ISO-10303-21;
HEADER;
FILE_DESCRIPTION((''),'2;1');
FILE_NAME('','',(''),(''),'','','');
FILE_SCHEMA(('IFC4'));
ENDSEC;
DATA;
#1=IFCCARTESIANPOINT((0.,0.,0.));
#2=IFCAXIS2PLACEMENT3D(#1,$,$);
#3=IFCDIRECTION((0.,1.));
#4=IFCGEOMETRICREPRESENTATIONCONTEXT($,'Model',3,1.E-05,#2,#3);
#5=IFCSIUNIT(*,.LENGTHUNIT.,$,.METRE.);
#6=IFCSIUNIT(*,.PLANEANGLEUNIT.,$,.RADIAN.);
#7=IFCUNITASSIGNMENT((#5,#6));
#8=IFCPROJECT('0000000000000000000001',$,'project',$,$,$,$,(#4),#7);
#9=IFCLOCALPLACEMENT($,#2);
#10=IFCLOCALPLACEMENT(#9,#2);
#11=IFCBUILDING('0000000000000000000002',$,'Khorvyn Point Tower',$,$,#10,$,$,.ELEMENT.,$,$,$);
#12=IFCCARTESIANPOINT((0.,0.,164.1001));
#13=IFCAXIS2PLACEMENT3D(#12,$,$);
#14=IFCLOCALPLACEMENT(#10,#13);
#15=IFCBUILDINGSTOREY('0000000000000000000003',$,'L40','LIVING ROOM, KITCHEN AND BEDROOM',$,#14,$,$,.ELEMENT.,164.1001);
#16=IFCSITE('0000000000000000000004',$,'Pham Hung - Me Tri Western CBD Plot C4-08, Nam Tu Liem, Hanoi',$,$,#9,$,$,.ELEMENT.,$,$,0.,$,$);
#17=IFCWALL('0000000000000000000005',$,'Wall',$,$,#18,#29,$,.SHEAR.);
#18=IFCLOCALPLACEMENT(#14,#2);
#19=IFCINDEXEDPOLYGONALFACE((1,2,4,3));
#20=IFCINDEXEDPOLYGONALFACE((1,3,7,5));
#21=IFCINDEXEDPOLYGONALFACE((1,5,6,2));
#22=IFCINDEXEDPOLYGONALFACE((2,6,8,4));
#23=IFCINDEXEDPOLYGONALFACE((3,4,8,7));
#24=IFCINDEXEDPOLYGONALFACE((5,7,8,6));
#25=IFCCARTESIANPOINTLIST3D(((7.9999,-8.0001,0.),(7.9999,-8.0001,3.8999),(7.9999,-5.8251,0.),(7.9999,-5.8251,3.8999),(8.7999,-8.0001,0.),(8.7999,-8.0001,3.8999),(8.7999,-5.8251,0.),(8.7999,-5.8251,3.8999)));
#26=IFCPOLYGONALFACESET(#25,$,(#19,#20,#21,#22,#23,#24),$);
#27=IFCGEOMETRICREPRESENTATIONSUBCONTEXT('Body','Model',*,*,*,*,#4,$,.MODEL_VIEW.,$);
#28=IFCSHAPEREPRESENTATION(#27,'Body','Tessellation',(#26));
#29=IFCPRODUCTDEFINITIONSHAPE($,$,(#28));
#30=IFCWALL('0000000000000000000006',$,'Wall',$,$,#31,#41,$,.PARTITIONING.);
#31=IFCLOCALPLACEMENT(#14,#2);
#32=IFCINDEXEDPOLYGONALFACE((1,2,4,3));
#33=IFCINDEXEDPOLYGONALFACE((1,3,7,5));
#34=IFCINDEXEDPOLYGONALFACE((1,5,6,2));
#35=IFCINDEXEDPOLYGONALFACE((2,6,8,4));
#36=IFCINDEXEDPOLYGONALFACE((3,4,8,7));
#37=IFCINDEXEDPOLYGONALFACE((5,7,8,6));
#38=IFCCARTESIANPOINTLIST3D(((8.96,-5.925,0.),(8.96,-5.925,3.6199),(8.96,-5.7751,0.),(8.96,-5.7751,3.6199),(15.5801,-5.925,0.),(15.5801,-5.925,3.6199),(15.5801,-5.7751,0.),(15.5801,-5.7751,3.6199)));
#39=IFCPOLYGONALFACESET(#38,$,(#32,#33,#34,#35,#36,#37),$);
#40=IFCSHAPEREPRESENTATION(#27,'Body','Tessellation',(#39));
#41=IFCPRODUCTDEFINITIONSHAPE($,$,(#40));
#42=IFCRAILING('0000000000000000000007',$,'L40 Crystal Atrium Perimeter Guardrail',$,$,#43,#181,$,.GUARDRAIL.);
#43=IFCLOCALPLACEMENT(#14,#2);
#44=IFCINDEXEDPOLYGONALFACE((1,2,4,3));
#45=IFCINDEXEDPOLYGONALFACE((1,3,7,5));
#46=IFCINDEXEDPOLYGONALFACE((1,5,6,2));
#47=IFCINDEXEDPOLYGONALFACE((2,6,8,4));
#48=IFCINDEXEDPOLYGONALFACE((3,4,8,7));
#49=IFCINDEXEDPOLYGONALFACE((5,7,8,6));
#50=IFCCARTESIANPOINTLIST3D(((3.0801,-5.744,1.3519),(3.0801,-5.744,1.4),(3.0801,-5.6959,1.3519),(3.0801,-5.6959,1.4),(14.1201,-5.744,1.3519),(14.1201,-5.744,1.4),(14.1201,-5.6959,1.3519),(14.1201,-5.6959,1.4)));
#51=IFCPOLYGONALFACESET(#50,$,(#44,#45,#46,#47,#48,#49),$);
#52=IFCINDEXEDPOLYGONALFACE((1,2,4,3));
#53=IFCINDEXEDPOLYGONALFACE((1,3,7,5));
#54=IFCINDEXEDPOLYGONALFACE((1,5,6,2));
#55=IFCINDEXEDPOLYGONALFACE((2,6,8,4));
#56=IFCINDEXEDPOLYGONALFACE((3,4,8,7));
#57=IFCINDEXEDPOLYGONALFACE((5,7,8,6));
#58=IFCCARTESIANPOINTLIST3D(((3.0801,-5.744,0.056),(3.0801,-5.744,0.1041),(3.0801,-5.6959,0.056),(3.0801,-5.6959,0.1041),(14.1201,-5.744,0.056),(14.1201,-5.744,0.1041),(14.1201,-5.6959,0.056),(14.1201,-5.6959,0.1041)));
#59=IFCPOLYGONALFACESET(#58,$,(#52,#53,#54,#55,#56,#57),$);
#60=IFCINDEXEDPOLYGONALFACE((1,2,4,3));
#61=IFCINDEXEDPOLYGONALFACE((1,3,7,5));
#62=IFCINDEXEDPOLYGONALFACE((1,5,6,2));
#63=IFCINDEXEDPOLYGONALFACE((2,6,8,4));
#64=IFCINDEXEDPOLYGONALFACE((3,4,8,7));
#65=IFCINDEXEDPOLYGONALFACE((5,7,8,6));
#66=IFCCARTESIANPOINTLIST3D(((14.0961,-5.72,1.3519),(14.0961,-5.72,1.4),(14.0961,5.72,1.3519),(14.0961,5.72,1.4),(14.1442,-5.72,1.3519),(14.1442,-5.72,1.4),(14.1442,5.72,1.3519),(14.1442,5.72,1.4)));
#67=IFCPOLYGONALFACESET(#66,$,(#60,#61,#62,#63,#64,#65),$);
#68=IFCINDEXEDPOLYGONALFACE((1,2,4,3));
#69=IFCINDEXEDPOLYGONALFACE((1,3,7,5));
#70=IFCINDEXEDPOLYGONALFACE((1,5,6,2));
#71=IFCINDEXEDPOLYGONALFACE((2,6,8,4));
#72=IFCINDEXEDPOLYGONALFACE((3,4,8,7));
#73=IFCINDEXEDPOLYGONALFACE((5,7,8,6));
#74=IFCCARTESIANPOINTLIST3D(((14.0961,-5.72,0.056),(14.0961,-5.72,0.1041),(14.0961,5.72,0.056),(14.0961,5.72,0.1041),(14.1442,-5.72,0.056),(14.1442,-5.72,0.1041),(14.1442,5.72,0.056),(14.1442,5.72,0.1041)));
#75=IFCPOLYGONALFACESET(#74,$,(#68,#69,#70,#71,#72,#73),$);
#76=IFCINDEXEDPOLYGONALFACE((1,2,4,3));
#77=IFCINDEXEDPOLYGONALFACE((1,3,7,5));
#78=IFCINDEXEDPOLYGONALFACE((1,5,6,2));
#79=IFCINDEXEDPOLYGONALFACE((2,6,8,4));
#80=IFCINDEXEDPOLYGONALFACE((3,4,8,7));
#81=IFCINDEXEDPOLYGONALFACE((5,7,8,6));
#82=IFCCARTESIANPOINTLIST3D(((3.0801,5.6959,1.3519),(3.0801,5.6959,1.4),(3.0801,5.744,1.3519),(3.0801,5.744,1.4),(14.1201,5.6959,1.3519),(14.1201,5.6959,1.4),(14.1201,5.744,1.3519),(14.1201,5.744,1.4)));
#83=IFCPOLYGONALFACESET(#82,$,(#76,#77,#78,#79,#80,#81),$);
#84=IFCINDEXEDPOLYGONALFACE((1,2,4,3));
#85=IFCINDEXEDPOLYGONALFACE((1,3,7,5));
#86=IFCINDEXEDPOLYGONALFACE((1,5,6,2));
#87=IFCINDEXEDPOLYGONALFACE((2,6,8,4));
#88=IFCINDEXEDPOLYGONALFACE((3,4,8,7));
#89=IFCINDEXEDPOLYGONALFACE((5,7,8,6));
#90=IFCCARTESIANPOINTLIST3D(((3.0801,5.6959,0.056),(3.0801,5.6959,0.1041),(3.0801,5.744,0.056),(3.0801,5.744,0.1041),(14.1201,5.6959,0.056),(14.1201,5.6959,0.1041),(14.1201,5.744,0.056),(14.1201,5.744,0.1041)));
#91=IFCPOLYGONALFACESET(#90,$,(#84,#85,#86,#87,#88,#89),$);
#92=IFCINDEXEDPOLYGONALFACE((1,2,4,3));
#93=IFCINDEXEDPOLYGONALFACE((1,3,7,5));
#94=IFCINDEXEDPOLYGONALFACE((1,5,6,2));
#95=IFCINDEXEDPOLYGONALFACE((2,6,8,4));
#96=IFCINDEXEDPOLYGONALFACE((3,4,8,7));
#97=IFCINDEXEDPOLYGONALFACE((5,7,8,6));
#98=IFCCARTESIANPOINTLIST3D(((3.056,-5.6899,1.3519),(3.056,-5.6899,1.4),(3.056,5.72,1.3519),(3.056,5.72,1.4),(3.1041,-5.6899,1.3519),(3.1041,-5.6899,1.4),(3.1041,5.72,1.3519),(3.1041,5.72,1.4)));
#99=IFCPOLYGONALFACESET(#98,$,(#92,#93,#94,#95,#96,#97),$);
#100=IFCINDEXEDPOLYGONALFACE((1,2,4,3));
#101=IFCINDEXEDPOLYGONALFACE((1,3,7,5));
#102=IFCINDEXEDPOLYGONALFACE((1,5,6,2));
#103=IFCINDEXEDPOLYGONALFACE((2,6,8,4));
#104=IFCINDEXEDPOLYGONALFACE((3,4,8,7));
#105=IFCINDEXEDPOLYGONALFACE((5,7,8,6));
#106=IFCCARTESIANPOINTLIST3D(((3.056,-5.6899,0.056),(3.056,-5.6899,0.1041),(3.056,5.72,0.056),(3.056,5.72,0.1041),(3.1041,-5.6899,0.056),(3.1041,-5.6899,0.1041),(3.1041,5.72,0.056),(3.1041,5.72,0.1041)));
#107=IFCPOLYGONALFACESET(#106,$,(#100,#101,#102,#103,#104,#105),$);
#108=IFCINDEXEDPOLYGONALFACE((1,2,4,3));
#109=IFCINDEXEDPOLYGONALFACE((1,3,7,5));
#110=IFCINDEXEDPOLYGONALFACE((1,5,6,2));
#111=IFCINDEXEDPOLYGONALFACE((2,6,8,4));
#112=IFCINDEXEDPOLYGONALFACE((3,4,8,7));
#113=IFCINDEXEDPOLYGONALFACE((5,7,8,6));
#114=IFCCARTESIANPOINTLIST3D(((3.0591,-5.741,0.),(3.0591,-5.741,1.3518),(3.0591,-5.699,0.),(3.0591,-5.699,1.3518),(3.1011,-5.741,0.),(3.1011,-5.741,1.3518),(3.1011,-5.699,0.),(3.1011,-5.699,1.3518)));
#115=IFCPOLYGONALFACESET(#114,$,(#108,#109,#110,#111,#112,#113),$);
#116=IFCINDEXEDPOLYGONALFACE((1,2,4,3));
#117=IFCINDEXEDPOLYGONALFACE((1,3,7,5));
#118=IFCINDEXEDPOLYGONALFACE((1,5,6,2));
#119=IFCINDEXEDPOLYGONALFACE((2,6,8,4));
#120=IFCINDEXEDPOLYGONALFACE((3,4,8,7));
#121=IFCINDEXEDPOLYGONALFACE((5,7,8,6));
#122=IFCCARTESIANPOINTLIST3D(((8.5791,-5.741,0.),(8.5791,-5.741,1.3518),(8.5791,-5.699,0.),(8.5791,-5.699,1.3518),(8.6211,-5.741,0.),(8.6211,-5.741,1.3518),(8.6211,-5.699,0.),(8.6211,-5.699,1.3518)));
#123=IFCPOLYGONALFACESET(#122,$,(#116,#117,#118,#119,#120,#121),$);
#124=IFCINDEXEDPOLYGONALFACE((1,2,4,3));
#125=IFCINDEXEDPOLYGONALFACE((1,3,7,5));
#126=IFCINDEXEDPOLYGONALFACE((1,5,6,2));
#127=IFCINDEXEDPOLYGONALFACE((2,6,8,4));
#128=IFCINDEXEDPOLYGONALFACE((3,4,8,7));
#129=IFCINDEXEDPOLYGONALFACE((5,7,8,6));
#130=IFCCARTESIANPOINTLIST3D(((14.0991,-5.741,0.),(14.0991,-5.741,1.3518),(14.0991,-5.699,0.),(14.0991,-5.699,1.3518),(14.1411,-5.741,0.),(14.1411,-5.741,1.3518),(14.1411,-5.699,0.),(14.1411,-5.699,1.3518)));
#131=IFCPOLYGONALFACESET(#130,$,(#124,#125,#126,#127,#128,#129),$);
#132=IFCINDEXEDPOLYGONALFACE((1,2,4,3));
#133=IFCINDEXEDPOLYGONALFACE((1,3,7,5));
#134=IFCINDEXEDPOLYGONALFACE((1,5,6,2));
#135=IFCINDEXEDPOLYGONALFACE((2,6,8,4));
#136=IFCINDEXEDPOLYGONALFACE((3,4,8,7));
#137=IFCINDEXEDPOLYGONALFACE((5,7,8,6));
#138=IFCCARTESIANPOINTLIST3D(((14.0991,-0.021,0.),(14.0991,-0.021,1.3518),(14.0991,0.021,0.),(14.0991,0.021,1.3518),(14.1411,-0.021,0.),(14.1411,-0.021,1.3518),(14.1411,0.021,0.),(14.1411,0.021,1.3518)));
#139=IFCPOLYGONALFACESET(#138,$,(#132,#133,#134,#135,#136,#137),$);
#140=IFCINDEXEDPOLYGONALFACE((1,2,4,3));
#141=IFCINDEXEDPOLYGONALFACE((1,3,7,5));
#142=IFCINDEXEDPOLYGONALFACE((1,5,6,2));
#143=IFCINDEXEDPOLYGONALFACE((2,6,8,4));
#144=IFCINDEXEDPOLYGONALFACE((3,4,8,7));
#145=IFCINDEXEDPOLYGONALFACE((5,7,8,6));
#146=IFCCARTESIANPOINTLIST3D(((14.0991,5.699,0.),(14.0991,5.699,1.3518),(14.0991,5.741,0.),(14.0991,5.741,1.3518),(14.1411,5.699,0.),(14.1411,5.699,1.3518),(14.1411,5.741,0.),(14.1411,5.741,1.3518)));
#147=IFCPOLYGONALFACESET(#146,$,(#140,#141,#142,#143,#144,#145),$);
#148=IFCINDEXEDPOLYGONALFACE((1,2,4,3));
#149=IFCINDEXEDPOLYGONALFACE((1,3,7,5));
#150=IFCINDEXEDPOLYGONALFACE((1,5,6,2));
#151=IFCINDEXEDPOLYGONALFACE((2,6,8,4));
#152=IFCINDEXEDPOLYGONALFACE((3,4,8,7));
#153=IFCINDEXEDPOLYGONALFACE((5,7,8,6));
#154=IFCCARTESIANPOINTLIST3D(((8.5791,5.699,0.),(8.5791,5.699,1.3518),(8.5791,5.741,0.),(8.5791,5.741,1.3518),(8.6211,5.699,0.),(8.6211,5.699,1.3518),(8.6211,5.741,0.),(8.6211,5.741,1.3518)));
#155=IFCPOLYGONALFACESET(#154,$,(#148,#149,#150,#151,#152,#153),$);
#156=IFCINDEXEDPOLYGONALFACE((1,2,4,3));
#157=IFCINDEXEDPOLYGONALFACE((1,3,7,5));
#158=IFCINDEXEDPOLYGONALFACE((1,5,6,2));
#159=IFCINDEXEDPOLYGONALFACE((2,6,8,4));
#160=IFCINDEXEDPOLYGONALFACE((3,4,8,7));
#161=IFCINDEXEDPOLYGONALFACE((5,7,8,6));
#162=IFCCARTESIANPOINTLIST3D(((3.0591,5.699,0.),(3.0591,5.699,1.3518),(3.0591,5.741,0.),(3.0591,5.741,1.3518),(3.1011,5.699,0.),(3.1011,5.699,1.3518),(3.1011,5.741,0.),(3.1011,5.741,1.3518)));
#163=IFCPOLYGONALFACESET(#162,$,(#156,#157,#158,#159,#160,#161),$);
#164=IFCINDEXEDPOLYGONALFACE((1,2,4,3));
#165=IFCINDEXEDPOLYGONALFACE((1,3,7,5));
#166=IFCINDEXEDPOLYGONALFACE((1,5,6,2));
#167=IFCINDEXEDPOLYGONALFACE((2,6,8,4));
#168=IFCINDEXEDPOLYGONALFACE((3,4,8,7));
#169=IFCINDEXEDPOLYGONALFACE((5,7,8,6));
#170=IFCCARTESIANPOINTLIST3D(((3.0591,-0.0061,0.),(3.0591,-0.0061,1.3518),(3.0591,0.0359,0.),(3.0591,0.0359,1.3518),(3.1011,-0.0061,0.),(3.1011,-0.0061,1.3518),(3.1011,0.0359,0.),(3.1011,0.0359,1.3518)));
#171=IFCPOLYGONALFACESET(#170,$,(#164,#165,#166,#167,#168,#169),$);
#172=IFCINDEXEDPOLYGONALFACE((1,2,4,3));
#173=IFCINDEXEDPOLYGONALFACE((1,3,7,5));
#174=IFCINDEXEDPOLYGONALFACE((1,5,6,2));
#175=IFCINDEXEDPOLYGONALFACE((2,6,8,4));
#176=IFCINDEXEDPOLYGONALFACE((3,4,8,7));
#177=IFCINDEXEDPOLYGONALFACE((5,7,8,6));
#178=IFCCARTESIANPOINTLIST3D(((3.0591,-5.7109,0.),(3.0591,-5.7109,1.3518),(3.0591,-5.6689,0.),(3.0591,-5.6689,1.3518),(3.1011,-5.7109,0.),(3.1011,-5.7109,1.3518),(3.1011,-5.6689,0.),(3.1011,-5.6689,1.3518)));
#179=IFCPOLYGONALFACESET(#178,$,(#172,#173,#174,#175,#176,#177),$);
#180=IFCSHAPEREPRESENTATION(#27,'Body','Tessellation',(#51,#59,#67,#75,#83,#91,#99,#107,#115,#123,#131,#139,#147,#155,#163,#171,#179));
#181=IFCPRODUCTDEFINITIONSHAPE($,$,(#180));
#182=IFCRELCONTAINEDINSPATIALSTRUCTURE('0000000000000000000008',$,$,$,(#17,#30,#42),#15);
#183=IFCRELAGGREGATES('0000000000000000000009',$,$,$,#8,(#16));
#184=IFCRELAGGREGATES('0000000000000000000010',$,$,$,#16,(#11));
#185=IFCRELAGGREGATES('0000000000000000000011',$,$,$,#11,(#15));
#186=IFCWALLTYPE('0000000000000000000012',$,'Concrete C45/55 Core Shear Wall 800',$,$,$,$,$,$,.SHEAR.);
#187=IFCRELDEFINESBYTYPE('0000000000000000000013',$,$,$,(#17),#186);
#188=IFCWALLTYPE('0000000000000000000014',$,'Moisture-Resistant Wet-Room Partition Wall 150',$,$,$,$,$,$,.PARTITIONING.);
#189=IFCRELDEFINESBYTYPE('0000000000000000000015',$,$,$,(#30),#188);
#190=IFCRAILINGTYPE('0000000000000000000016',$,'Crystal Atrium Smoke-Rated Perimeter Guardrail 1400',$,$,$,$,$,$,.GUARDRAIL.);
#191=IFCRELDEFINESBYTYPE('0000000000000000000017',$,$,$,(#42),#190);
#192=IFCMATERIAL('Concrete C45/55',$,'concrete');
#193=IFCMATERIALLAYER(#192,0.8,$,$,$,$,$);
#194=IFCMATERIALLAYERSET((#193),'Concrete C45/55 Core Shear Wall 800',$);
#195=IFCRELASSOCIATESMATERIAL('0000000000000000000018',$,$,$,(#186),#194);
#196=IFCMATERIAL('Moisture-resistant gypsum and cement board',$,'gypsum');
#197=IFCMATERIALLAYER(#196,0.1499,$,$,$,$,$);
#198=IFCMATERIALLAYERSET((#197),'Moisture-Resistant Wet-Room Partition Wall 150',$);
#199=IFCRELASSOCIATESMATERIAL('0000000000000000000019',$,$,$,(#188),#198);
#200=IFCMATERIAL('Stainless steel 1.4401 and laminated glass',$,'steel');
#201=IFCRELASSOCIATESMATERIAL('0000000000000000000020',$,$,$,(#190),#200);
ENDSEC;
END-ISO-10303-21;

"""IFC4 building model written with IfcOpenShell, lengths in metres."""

from ifc_helpers import new_model, si_unit, direction, frame, frame_2d, origin, origin_2d, place, context, subcontext, project, spatial, rectangle, extrude, material, layer, layer_set, type_object, element, save


model = new_model("IFC4")

# Units and contexts
model_context = context("Model", 3, precision=1e-05, world=origin(), true_north=direction((0.0, 1.0)))
body_context = subcontext(model_context, "Body", "Model", "MODEL_VIEW")
ifc_project = project(units=[si_unit("LENGTHUNIT", "METRE"), si_unit("PLANEANGLEUNIT", "RADIAN")], contexts=[model_context])

# Site, building, storey
site_placement = place(None, origin())
site = spatial("IfcSite", under=ifc_project, at=site_placement, Name="Pham Hung - Me Tri Western CBD Plot C4-08, Nam Tu Liem, Hanoi", CompositionType="ELEMENT", RefElevation=0.0)
building_placement = place(site_placement, origin())
building = spatial("IfcBuilding", under=site, at=building_placement, Name="Khorvyn Point Tower", CompositionType="ELEMENT")
storey_placement = place(building_placement, frame((0.0, 0.0, 164.1001)))
storey = spatial("IfcBuildingStorey", under=building, at=storey_placement, Name="L40", Description="LIVING ROOM, KITCHEN AND BEDROOM", CompositionType="ELEMENT", Elevation=164.1001)

# Walls
ifc_material_1 = material(Name="Concrete C45/55", Category="concrete")
ifc_layer_1 = layer(ifc_material_1, 0.8)
ifc_layer_set_1 = layer_set([ifc_layer_1], Name="Concrete C45/55 Core Shear Wall 800")
wall_type_1 = type_object("IfcWallType", Name="Concrete C45/55 Core Shear Wall 800", PredefinedType="SHEAR", material=ifc_layer_set_1)
wall_1_placement = place(storey_placement, frame((8.3999, -8.0, 0.0), z_axis=(0.0, 0.0, 1.0), x_axis=(0.0, 1.0, 0.0)))
element("IfcWall", 1, at=wall_1_placement, inside=storey, type_object=wall_type_1, Name="Wall", PredefinedType="SHEAR", context=body_context, shape_type="SweptSolid", body=[
    extrude(rectangle(XDim=2.175, YDim=0.8, at=frame_2d((1.0874, 0.0))), origin(), (0.0, 0.0, 1.0), 3.8999),
])
ifc_material_2 = material(Name="Moisture-resistant gypsum and cement board", Category="gypsum")
ifc_layer_2 = layer(ifc_material_2, 0.1499)
ifc_layer_set_2 = layer_set([ifc_layer_2], Name="Moisture-Resistant Wet-Room Partition Wall 150")
wall_type_2 = type_object("IfcWallType", Name="Moisture-Resistant Wet-Room Partition Wall 150", PredefinedType="PARTITIONING", material=ifc_layer_set_2)
wall_2_placement = place(storey_placement, frame((8.96, -5.8501, 0.0), z_axis=(0.0, 0.0, 1.0), x_axis=(1.0, 0.0, 0.0)))
element("IfcWall", 2, at=wall_2_placement, inside=storey, type_object=wall_type_2, Name="Wall", PredefinedType="PARTITIONING", context=body_context, shape_type="SweptSolid", body=[
    extrude(rectangle(XDim=6.6201, YDim=0.1499, at=frame_2d((3.3101, 0.0))), origin(), (0.0, 0.0, 1.0), 3.6199),
])

# Railing
ifc_material_3 = material(Name="Stainless steel 1.4401 and laminated glass", Category="steel")
railing_type = type_object("IfcRailingType", Name="Crystal Atrium Smoke-Rated Perimeter Guardrail 1400", PredefinedType="GUARDRAIL", material=ifc_material_3)
railing_placement = place(storey_placement, frame((3.0801, -5.72, 0.0)))
element("IfcRailing", 3, at=railing_placement, inside=storey, type_object=railing_type, Name="L40 Crystal Atrium Perimeter Guardrail", PredefinedType="GUARDRAIL", context=body_context, shape_type="SweptSolid", body=[
    extrude(rectangle(XDim=0.0481, YDim=0.0481, at=origin_2d()), frame((0.0, 0.0, 1.376), z_axis=(1.0, 0.0, 0.0), x_axis=(0.0, 1.0, 0.0)), (0.0, 0.0, 1.0), 11.04),
    extrude(rectangle(XDim=0.0481, YDim=0.0481, at=origin_2d()), frame((0.0, 0.0, 0.0801), z_axis=(1.0, 0.0, 0.0), x_axis=(0.0, 1.0, 0.0)), (0.0, 0.0, 1.0), 11.04),
    extrude(rectangle(XDim=0.0481, YDim=0.0481, at=origin_2d()), frame((11.04, 0.0, 1.376), z_axis=(0.0, 1.0, 0.0), x_axis=(-1.0, 0.0, 0.0)), (0.0, 0.0, 1.0), 11.4399),
    extrude(rectangle(XDim=0.0481, YDim=0.0481, at=origin_2d()), frame((11.04, 0.0, 0.0801), z_axis=(0.0, 1.0, 0.0), x_axis=(-1.0, 0.0, 0.0)), (0.0, 0.0, 1.0), 11.4399),
    extrude(rectangle(XDim=0.0481, YDim=0.0481, at=origin_2d()), frame((11.04, 11.4399, 1.376), z_axis=(-1.0, 0.0, 0.0), x_axis=(0.0, -1.0, 0.0)), (0.0, 0.0, 1.0), 11.04),
    extrude(rectangle(XDim=0.0481, YDim=0.0481, at=origin_2d()), frame((11.04, 11.4399, 0.0801), z_axis=(-1.0, 0.0, 0.0), x_axis=(0.0, -1.0, 0.0)), (0.0, 0.0, 1.0), 11.04),
    extrude(rectangle(XDim=0.0481, YDim=0.0481, at=origin_2d()), frame((0.0, 11.4399, 1.376), z_axis=(0.0, -1.0, 0.0), x_axis=(1.0, 0.0, 0.0)), (0.0, 0.0, 1.0), 11.4099),
    extrude(rectangle(XDim=0.0481, YDim=0.0481, at=origin_2d()), frame((0.0, 11.4399, 0.0801), z_axis=(0.0, -1.0, 0.0), x_axis=(1.0, 0.0, 0.0)), (0.0, 0.0, 1.0), 11.4099),
    extrude(rectangle(XDim=0.042, YDim=0.042, at=origin_2d()), origin(), (0.0, 0.0, 1.0), 1.3518),
    extrude(rectangle(XDim=0.042, YDim=0.042, at=origin_2d()), frame((5.52, 0.0, 0.0)), (0.0, 0.0, 1.0), 1.3518),
    extrude(rectangle(XDim=0.042, YDim=0.042, at=origin_2d()), frame((11.04, 0.0, 0.0)), (0.0, 0.0, 1.0), 1.3518),
    extrude(rectangle(XDim=0.042, YDim=0.042, at=origin_2d()), frame((11.04, 5.72, 0.0)), (0.0, 0.0, 1.0), 1.3518),
    extrude(rectangle(XDim=0.042, YDim=0.042, at=origin_2d()), frame((11.04, 11.4399, 0.0)), (0.0, 0.0, 1.0), 1.3518),
    extrude(rectangle(XDim=0.042, YDim=0.042, at=origin_2d()), frame((5.52, 11.4399, 0.0)), (0.0, 0.0, 1.0), 1.3518),
    extrude(rectangle(XDim=0.042, YDim=0.042, at=origin_2d()), frame((0.0, 11.4399, 0.0)), (0.0, 0.0, 1.0), 1.3518),
    extrude(rectangle(XDim=0.042, YDim=0.042, at=origin_2d()), frame((0.0, 5.7349, 0.0)), (0.0, 0.0, 1.0), 1.3518),
    extrude(rectangle(XDim=0.042, YDim=0.042, at=origin_2d()), frame((0.0, 0.03, 0.0)), (0.0, 0.0, 1.0), 1.3518),
])

save(model, "model.ifc")
